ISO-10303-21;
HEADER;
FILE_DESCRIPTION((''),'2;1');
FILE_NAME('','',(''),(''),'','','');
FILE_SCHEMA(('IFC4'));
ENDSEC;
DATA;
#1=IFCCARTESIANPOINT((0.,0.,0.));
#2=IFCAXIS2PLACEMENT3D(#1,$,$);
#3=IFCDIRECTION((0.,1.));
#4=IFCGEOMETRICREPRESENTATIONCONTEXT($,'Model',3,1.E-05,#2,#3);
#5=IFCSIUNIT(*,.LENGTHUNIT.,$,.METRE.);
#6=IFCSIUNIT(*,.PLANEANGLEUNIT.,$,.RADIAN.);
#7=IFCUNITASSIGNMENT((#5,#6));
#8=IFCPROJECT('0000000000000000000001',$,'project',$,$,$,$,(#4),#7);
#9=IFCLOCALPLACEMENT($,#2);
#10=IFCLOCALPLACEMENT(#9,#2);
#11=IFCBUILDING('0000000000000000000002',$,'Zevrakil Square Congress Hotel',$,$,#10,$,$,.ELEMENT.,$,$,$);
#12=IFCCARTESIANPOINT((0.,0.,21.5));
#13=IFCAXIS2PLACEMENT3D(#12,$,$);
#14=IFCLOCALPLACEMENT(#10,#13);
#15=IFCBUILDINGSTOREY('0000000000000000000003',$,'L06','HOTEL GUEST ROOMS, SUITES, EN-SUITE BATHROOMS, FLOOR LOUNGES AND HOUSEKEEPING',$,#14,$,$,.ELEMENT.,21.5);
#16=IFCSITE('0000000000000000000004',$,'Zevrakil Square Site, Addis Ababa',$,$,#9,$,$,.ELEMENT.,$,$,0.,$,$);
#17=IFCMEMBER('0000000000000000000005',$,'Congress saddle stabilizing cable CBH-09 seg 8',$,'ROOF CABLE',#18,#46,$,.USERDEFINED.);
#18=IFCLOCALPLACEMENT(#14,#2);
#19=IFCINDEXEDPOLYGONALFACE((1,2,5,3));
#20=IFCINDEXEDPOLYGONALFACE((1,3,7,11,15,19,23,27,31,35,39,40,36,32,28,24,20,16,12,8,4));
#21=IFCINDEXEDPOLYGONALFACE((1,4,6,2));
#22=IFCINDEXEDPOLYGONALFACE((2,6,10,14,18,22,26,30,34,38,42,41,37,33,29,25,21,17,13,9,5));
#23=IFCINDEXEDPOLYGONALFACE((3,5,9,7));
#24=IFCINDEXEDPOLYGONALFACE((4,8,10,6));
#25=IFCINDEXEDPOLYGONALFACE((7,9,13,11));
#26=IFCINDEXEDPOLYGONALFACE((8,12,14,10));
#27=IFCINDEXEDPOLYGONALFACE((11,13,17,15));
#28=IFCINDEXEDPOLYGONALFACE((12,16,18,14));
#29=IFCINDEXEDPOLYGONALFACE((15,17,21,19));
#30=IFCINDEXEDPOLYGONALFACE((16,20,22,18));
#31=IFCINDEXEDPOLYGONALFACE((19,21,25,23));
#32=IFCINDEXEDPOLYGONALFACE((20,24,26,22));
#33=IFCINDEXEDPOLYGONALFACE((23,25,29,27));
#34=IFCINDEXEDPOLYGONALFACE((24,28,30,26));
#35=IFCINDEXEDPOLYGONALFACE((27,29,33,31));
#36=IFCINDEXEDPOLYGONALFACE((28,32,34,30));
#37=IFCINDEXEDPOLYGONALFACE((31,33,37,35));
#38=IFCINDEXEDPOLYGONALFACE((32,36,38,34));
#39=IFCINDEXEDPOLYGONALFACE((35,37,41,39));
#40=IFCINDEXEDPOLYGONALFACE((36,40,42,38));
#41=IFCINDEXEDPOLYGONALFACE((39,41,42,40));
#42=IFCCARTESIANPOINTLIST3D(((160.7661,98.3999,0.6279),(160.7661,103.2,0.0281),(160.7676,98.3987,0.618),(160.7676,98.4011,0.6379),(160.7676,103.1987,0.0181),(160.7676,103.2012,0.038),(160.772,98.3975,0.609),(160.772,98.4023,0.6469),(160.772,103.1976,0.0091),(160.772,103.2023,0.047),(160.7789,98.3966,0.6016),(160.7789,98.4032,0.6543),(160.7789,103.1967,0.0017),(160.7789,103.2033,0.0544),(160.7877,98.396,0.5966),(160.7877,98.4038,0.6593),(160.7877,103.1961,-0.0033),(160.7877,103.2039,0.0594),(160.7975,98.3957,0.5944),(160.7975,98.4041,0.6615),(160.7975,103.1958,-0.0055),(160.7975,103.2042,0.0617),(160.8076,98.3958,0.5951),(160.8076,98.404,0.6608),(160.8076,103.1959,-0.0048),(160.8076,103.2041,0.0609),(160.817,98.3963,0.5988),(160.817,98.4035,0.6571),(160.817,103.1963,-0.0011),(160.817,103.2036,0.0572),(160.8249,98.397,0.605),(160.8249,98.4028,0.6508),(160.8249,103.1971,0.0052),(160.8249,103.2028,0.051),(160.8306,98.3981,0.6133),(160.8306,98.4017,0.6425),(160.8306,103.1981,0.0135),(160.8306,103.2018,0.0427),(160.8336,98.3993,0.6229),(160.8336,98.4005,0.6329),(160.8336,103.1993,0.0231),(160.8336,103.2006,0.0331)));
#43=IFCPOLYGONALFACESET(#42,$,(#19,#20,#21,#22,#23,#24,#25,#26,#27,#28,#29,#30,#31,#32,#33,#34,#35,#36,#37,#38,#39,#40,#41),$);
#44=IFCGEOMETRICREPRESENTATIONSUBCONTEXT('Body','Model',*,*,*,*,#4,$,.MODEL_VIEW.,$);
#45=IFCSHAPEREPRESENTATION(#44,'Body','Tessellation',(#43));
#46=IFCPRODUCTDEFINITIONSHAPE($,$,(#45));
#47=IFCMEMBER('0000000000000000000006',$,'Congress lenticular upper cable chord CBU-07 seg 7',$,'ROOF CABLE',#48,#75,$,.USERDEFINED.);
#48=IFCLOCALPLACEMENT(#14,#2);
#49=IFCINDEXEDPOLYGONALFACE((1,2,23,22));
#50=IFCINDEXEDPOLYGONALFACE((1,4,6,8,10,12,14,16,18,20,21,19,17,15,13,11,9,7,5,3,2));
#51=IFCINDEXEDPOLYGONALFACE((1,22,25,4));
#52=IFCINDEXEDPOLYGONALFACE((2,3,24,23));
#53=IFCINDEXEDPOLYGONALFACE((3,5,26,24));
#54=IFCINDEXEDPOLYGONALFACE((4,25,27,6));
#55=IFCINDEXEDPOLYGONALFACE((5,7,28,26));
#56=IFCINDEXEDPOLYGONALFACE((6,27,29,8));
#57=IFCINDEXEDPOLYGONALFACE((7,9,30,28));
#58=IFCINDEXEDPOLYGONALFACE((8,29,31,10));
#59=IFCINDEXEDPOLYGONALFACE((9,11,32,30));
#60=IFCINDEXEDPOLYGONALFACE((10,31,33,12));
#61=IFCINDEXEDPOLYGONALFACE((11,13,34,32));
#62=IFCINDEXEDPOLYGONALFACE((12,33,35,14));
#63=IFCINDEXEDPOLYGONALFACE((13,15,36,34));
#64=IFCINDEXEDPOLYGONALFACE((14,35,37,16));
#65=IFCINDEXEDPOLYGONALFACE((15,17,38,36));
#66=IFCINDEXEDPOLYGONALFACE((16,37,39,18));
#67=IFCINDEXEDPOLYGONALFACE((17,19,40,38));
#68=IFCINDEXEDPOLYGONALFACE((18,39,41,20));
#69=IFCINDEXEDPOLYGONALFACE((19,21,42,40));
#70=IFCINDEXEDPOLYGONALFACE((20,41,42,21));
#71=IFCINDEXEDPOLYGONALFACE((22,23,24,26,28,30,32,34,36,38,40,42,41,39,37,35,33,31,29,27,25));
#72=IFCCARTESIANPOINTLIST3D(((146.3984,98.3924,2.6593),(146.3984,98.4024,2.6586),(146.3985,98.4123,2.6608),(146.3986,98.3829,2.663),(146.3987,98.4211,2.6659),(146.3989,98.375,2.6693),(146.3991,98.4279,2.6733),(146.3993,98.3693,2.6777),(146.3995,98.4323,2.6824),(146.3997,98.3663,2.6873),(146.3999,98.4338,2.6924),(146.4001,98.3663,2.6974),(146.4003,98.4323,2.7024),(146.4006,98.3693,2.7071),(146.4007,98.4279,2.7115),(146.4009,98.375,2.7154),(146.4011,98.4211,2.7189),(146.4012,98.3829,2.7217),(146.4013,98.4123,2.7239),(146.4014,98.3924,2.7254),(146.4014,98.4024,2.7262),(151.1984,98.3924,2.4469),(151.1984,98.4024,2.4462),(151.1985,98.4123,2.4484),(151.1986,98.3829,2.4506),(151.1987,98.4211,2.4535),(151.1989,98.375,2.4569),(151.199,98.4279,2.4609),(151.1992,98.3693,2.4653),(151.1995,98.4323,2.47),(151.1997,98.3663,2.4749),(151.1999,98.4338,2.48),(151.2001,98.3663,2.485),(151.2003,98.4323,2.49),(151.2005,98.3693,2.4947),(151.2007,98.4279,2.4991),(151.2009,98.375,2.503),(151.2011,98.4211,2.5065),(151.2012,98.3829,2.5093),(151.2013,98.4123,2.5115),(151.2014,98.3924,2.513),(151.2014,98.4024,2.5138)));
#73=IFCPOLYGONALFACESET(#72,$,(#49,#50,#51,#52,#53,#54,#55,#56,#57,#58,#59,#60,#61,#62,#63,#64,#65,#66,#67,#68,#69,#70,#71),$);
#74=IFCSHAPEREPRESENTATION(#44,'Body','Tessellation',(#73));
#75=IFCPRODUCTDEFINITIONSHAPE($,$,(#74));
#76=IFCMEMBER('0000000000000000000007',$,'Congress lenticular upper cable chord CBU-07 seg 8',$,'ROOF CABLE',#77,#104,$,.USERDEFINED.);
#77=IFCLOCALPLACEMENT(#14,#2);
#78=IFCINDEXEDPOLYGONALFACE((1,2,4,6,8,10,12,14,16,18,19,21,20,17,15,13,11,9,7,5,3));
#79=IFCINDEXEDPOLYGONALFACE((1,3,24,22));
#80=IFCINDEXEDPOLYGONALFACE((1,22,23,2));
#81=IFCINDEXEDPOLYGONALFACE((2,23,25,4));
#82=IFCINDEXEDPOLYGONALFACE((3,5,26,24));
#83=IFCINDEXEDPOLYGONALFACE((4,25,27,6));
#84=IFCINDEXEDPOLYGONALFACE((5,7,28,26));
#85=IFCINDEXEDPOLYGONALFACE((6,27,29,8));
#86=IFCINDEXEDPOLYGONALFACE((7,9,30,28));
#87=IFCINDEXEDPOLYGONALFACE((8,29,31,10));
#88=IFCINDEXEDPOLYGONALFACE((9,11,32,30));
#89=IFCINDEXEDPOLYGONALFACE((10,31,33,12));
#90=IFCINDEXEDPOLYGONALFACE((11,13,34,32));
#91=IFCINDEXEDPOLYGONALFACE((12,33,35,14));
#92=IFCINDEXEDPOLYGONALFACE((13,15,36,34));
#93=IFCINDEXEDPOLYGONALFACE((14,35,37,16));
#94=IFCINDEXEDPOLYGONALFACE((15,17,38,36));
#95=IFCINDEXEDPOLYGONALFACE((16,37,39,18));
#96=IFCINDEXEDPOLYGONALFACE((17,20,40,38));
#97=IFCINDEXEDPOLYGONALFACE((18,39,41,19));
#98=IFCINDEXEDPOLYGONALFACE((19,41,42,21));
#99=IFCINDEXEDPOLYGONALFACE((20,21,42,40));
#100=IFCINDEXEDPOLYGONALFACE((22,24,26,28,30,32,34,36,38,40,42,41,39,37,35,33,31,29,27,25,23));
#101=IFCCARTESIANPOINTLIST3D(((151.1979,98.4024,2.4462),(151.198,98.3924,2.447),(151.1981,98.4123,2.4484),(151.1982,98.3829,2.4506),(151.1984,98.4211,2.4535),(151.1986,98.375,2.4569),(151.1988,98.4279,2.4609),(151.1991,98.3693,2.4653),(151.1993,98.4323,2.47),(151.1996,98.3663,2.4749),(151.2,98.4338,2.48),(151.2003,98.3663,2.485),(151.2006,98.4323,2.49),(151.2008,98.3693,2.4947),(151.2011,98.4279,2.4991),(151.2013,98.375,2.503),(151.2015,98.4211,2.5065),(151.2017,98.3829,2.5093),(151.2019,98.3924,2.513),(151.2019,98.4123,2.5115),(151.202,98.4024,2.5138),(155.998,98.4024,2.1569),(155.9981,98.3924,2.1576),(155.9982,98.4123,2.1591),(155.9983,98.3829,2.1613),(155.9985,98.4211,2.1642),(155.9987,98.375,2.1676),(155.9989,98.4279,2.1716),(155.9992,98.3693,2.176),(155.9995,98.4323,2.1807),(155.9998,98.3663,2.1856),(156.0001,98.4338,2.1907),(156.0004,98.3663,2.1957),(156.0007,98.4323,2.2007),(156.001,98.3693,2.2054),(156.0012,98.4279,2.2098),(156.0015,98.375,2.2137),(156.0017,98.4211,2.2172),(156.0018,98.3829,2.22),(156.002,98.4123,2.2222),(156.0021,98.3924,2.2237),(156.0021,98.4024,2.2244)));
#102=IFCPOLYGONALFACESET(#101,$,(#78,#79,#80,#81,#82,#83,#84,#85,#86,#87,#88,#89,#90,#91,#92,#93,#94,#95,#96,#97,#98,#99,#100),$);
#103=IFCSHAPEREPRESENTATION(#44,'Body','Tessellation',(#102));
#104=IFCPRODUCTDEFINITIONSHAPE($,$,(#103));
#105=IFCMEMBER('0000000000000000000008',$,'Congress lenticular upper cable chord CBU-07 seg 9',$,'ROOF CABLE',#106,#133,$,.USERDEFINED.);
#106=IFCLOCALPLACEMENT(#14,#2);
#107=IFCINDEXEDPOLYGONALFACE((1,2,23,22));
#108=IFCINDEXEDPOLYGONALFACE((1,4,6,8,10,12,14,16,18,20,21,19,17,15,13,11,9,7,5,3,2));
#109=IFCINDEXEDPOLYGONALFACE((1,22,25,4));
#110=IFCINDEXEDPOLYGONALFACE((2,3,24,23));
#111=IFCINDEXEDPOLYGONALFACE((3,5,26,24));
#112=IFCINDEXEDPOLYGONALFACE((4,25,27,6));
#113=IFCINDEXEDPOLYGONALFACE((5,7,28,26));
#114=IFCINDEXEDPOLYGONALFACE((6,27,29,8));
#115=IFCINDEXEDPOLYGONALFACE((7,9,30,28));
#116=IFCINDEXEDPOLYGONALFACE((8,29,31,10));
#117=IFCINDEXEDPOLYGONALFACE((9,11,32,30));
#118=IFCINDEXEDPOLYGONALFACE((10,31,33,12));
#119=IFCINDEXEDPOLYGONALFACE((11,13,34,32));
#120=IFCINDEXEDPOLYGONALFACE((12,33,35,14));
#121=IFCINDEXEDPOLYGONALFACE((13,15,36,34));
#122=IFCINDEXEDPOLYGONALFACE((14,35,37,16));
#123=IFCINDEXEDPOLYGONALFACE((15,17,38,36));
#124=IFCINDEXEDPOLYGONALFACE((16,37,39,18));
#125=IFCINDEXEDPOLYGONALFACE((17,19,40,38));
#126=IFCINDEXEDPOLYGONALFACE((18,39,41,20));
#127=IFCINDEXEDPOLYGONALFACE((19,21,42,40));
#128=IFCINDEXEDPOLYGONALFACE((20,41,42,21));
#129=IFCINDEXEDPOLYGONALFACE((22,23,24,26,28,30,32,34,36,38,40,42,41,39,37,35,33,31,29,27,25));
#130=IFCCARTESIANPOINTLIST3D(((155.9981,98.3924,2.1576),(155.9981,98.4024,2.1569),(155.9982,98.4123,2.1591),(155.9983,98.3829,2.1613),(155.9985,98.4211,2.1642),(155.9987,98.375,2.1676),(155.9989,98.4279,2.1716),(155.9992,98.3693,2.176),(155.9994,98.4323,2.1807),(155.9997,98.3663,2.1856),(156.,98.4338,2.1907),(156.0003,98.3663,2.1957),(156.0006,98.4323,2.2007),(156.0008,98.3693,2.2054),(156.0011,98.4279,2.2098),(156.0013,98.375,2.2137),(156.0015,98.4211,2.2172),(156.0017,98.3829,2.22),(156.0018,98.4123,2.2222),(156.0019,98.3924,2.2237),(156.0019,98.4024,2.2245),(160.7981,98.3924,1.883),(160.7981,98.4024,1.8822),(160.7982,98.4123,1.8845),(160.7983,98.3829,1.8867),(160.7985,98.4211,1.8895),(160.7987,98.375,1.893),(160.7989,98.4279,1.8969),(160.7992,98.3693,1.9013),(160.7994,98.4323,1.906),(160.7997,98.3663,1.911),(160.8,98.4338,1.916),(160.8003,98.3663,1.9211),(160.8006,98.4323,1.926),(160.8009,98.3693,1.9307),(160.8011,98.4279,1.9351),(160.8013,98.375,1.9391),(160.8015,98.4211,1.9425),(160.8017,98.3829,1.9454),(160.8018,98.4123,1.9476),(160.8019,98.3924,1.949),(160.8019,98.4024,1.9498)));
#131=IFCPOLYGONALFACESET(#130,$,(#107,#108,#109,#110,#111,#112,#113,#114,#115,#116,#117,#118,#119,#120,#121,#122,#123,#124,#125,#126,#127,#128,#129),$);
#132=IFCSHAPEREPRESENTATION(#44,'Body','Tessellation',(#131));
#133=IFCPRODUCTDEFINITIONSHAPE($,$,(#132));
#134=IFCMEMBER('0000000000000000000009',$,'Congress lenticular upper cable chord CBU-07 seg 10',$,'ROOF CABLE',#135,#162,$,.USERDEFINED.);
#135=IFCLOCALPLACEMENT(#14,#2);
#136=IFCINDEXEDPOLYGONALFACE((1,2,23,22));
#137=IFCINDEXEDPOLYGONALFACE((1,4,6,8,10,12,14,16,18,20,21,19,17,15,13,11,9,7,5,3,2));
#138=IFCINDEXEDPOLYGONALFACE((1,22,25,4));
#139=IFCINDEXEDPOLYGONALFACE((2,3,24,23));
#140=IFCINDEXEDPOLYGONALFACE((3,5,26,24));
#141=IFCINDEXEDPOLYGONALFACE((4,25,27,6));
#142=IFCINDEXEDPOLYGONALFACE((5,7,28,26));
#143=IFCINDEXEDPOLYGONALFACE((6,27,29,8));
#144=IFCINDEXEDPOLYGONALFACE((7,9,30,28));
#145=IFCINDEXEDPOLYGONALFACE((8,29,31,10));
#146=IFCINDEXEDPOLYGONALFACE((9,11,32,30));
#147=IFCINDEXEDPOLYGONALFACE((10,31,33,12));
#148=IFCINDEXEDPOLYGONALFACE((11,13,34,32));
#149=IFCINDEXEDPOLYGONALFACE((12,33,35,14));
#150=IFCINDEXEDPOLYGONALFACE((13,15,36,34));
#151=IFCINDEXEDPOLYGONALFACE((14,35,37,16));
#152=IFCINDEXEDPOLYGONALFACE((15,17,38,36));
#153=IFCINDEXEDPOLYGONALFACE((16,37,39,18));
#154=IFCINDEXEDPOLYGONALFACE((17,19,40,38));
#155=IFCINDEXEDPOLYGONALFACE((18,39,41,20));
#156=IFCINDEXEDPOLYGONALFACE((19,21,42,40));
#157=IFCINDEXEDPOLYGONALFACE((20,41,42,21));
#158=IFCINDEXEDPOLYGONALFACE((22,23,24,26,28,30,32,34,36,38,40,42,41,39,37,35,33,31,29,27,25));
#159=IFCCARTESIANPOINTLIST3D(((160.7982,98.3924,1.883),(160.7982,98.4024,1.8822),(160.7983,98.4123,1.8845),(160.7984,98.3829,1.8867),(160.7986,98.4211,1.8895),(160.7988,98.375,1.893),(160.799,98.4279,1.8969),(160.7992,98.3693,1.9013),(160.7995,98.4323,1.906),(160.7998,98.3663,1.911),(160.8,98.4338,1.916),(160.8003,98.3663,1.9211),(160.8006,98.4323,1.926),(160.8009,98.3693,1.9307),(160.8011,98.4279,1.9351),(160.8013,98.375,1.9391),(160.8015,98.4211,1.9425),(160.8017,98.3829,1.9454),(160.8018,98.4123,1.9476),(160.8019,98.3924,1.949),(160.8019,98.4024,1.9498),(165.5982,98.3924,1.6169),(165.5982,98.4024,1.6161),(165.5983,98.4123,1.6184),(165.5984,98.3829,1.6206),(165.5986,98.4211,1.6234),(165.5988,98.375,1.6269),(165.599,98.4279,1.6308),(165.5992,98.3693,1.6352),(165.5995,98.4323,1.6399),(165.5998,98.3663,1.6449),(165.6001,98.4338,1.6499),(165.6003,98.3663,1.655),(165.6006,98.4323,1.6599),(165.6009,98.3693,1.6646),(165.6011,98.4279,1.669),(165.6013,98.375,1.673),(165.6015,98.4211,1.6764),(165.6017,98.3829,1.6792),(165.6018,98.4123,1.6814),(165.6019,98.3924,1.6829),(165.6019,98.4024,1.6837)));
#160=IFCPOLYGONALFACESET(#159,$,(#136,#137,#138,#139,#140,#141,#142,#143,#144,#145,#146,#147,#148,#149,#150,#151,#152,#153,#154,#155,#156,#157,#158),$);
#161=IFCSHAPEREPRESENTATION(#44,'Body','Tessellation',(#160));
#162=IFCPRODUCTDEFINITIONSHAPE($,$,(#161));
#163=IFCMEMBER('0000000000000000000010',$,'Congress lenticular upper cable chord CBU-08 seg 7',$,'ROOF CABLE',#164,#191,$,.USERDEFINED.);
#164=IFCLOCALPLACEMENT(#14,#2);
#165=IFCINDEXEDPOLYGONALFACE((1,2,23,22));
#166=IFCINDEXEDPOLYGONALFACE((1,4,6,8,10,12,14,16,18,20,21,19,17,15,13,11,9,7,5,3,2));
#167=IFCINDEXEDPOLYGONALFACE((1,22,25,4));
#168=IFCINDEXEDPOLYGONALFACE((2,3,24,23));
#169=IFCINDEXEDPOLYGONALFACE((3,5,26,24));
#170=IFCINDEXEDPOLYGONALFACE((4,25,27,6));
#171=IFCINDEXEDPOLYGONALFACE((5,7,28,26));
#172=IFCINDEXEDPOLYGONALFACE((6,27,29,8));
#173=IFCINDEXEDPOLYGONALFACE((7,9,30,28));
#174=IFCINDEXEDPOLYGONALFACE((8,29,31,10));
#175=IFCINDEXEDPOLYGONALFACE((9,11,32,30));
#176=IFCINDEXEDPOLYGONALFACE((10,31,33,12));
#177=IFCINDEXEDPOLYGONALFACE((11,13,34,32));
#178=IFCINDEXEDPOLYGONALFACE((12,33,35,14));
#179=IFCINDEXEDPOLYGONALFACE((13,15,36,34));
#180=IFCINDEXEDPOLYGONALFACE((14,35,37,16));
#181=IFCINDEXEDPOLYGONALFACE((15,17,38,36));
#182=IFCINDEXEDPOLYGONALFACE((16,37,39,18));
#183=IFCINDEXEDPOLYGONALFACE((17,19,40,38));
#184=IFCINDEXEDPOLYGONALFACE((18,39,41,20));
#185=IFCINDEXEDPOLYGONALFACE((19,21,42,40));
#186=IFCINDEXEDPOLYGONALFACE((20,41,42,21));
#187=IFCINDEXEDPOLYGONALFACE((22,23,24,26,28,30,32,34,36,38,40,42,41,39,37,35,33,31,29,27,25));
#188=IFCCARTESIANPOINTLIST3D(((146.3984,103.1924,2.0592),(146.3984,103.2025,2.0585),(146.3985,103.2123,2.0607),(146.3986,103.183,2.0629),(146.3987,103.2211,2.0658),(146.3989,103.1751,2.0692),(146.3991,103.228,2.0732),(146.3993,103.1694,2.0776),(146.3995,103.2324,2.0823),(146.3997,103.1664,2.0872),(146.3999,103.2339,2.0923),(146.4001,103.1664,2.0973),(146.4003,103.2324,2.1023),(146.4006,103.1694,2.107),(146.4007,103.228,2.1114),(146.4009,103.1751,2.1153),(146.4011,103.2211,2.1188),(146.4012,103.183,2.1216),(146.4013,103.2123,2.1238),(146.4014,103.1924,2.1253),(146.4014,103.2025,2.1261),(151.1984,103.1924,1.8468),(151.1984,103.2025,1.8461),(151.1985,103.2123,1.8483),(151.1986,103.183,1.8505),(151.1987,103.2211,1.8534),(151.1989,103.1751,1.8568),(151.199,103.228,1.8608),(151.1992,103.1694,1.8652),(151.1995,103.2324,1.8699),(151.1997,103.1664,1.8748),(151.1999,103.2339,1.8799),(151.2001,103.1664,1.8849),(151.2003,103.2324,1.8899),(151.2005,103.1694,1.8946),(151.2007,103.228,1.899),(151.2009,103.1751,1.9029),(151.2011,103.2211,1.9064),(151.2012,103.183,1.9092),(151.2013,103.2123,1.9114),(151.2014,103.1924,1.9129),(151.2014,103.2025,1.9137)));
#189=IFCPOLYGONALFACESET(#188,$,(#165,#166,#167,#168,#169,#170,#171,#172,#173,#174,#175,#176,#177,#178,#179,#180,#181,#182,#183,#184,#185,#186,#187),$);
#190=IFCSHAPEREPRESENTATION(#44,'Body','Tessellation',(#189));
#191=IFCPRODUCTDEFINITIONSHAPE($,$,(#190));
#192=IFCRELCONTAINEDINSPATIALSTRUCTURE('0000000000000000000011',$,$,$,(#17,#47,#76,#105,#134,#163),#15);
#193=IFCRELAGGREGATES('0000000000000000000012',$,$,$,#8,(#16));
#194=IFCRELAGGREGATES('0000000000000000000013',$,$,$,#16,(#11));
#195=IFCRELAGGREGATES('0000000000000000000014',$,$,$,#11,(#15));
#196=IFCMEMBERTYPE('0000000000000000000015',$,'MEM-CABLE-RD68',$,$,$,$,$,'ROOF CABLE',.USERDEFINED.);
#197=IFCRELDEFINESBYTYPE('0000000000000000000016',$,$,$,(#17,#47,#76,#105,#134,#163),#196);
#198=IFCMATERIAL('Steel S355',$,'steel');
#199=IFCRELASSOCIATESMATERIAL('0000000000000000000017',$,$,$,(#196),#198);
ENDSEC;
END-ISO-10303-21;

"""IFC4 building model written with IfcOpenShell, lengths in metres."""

from ifc_helpers import new_model, si_unit, direction, frame, origin, origin_2d, place, context, subcontext, project, spatial, circle, extrude, material, material_profile, profile_set, type_object, element, save


model = new_model("IFC4")

# Units and contexts
model_context = context("Model", 3, precision=1e-05, world=origin(), true_north=direction((0.0, 1.0)))
body_context = subcontext(model_context, "Body", "Model", "MODEL_VIEW")
ifc_project = project(units=[si_unit("LENGTHUNIT", "METRE"), si_unit("PLANEANGLEUNIT", "RADIAN")], contexts=[model_context])

# Site, building, storey
site_placement = place(None, origin())
site = spatial("IfcSite", under=ifc_project, at=site_placement, Name="Zevrakil Square Site, Addis Ababa", CompositionType="ELEMENT", RefElevation=0.0)
building_placement = place(site_placement, origin())
building = spatial("IfcBuilding", under=site, at=building_placement, Name="Zevrakil Square Congress Hotel", CompositionType="ELEMENT")
storey_placement = place(building_placement, frame((0.0, 0.0, 21.5)))
storey = spatial("IfcBuildingStorey", under=building, at=storey_placement, Name="L06", Description="HOTEL GUEST ROOMS, SUITES, EN-SUITE BATHROOMS, FLOOR LOUNGES AND HOUSEKEEPING", CompositionType="ELEMENT", Elevation=21.5)

# Members
ifc_material_1 = material(Name="Steel S355", Category="steel")
ifc_material_profile_1 = material_profile(ifc_material_1, circle(Radius=0.0339, at=origin_2d()), Name="CABLE RD68")
ifc_profile_set_1 = profile_set([ifc_material_profile_1], Name="Steel S355")
member_type_1 = type_object("IfcMemberType", Name="MEM-CABLE-RD68", ElementType="ROOF CABLE", PredefinedType="USERDEFINED", material=ifc_profile_set_1)
member_1_placement = place(storey_placement, frame((160.8, 98.3999, 0.6279), z_axis=(0.0, 0.992282, -0.124004), x_axis=(-1.0, 0.0, 0.0)))
element("IfcMember", 1, at=member_1_placement, inside=storey, type_object=member_type_1, Name="Congress saddle stabilizing cable CBH-09 seg 8", ObjectType="ROOF CABLE", PredefinedType="USERDEFINED", context=body_context, shape_type="SweptSolid", body=[
    extrude(circle(Radius=0.0339, at=origin_2d()), origin(), (0.0, 0.0, 1.0), 4.8374),
])
member_2_placement = place(storey_placement, frame((146.3999, 98.3999, 2.6924), z_axis=(0.999022, 0.0, -0.044207), x_axis=(0.0, 1.0, 0.0)))
element("IfcMember", 2, at=member_2_placement, inside=storey, type_object=member_type_1, Name="Congress lenticular upper cable chord CBU-07 seg 7", ObjectType="ROOF CABLE", PredefinedType="USERDEFINED", context=body_context, shape_type="SweptSolid", body=[
    extrude(circle(Radius=0.0339, at=origin_2d()), origin(), (0.0, 0.0, 1.0), 4.8047),
])
member_3_placement = place(storey_placement, frame((151.2, 98.3999, 2.48), z_axis=(0.998189, 0.0, -0.060162), x_axis=(0.0, 1.0, 0.0)))
element("IfcMember", 3, at=member_3_placement, inside=storey, type_object=member_type_1, Name="Congress lenticular upper cable chord CBU-07 seg 8", ObjectType="ROOF CABLE", PredefinedType="USERDEFINED", context=body_context, shape_type="SweptSolid", body=[
    extrude(circle(Radius=0.0339, at=origin_2d()), origin(), (0.0, 0.0, 1.0), 4.8088),
])
member_4_placement = place(storey_placement, frame((156.0, 98.3999, 2.1907), z_axis=(0.998367, 0.0, -0.057126), x_axis=(0.0, 1.0, 0.0)))
element("IfcMember", 4, at=member_4_placement, inside=storey, type_object=member_type_1, Name="Congress lenticular upper cable chord CBU-07 seg 9", ObjectType="ROOF CABLE", PredefinedType="USERDEFINED", context=body_context, shape_type="SweptSolid", body=[
    extrude(circle(Radius=0.0339, at=origin_2d()), origin(), (0.0, 0.0, 1.0), 4.8079),
])
member_5_placement = place(storey_placement, frame((160.8, 98.3999, 1.916), z_axis=(0.998467, 0.0, -0.055355), x_axis=(0.0, 1.0, 0.0)))
element("IfcMember", 5, at=member_5_placement, inside=storey, type_object=member_type_1, Name="Congress lenticular upper cable chord CBU-07 seg 10", ObjectType="ROOF CABLE", PredefinedType="USERDEFINED", context=body_context, shape_type="SweptSolid", body=[
    extrude(circle(Radius=0.0339, at=origin_2d()), origin(), (0.0, 0.0, 1.0), 4.8074),
])
member_6_placement = place(storey_placement, frame((146.3999, 103.2, 2.0923), z_axis=(0.999022, 0.0, -0.044207), x_axis=(0.0, 1.0, 0.0)))
element("IfcMember", 6, at=member_6_placement, inside=storey, type_object=member_type_1, Name="Congress lenticular upper cable chord CBU-08 seg 7", ObjectType="ROOF CABLE", PredefinedType="USERDEFINED", context=body_context, shape_type="SweptSolid", body=[
    extrude(circle(Radius=0.0339, at=origin_2d()), origin(), (0.0, 0.0, 1.0), 4.8047),
])

save(model, "model.ifc")
